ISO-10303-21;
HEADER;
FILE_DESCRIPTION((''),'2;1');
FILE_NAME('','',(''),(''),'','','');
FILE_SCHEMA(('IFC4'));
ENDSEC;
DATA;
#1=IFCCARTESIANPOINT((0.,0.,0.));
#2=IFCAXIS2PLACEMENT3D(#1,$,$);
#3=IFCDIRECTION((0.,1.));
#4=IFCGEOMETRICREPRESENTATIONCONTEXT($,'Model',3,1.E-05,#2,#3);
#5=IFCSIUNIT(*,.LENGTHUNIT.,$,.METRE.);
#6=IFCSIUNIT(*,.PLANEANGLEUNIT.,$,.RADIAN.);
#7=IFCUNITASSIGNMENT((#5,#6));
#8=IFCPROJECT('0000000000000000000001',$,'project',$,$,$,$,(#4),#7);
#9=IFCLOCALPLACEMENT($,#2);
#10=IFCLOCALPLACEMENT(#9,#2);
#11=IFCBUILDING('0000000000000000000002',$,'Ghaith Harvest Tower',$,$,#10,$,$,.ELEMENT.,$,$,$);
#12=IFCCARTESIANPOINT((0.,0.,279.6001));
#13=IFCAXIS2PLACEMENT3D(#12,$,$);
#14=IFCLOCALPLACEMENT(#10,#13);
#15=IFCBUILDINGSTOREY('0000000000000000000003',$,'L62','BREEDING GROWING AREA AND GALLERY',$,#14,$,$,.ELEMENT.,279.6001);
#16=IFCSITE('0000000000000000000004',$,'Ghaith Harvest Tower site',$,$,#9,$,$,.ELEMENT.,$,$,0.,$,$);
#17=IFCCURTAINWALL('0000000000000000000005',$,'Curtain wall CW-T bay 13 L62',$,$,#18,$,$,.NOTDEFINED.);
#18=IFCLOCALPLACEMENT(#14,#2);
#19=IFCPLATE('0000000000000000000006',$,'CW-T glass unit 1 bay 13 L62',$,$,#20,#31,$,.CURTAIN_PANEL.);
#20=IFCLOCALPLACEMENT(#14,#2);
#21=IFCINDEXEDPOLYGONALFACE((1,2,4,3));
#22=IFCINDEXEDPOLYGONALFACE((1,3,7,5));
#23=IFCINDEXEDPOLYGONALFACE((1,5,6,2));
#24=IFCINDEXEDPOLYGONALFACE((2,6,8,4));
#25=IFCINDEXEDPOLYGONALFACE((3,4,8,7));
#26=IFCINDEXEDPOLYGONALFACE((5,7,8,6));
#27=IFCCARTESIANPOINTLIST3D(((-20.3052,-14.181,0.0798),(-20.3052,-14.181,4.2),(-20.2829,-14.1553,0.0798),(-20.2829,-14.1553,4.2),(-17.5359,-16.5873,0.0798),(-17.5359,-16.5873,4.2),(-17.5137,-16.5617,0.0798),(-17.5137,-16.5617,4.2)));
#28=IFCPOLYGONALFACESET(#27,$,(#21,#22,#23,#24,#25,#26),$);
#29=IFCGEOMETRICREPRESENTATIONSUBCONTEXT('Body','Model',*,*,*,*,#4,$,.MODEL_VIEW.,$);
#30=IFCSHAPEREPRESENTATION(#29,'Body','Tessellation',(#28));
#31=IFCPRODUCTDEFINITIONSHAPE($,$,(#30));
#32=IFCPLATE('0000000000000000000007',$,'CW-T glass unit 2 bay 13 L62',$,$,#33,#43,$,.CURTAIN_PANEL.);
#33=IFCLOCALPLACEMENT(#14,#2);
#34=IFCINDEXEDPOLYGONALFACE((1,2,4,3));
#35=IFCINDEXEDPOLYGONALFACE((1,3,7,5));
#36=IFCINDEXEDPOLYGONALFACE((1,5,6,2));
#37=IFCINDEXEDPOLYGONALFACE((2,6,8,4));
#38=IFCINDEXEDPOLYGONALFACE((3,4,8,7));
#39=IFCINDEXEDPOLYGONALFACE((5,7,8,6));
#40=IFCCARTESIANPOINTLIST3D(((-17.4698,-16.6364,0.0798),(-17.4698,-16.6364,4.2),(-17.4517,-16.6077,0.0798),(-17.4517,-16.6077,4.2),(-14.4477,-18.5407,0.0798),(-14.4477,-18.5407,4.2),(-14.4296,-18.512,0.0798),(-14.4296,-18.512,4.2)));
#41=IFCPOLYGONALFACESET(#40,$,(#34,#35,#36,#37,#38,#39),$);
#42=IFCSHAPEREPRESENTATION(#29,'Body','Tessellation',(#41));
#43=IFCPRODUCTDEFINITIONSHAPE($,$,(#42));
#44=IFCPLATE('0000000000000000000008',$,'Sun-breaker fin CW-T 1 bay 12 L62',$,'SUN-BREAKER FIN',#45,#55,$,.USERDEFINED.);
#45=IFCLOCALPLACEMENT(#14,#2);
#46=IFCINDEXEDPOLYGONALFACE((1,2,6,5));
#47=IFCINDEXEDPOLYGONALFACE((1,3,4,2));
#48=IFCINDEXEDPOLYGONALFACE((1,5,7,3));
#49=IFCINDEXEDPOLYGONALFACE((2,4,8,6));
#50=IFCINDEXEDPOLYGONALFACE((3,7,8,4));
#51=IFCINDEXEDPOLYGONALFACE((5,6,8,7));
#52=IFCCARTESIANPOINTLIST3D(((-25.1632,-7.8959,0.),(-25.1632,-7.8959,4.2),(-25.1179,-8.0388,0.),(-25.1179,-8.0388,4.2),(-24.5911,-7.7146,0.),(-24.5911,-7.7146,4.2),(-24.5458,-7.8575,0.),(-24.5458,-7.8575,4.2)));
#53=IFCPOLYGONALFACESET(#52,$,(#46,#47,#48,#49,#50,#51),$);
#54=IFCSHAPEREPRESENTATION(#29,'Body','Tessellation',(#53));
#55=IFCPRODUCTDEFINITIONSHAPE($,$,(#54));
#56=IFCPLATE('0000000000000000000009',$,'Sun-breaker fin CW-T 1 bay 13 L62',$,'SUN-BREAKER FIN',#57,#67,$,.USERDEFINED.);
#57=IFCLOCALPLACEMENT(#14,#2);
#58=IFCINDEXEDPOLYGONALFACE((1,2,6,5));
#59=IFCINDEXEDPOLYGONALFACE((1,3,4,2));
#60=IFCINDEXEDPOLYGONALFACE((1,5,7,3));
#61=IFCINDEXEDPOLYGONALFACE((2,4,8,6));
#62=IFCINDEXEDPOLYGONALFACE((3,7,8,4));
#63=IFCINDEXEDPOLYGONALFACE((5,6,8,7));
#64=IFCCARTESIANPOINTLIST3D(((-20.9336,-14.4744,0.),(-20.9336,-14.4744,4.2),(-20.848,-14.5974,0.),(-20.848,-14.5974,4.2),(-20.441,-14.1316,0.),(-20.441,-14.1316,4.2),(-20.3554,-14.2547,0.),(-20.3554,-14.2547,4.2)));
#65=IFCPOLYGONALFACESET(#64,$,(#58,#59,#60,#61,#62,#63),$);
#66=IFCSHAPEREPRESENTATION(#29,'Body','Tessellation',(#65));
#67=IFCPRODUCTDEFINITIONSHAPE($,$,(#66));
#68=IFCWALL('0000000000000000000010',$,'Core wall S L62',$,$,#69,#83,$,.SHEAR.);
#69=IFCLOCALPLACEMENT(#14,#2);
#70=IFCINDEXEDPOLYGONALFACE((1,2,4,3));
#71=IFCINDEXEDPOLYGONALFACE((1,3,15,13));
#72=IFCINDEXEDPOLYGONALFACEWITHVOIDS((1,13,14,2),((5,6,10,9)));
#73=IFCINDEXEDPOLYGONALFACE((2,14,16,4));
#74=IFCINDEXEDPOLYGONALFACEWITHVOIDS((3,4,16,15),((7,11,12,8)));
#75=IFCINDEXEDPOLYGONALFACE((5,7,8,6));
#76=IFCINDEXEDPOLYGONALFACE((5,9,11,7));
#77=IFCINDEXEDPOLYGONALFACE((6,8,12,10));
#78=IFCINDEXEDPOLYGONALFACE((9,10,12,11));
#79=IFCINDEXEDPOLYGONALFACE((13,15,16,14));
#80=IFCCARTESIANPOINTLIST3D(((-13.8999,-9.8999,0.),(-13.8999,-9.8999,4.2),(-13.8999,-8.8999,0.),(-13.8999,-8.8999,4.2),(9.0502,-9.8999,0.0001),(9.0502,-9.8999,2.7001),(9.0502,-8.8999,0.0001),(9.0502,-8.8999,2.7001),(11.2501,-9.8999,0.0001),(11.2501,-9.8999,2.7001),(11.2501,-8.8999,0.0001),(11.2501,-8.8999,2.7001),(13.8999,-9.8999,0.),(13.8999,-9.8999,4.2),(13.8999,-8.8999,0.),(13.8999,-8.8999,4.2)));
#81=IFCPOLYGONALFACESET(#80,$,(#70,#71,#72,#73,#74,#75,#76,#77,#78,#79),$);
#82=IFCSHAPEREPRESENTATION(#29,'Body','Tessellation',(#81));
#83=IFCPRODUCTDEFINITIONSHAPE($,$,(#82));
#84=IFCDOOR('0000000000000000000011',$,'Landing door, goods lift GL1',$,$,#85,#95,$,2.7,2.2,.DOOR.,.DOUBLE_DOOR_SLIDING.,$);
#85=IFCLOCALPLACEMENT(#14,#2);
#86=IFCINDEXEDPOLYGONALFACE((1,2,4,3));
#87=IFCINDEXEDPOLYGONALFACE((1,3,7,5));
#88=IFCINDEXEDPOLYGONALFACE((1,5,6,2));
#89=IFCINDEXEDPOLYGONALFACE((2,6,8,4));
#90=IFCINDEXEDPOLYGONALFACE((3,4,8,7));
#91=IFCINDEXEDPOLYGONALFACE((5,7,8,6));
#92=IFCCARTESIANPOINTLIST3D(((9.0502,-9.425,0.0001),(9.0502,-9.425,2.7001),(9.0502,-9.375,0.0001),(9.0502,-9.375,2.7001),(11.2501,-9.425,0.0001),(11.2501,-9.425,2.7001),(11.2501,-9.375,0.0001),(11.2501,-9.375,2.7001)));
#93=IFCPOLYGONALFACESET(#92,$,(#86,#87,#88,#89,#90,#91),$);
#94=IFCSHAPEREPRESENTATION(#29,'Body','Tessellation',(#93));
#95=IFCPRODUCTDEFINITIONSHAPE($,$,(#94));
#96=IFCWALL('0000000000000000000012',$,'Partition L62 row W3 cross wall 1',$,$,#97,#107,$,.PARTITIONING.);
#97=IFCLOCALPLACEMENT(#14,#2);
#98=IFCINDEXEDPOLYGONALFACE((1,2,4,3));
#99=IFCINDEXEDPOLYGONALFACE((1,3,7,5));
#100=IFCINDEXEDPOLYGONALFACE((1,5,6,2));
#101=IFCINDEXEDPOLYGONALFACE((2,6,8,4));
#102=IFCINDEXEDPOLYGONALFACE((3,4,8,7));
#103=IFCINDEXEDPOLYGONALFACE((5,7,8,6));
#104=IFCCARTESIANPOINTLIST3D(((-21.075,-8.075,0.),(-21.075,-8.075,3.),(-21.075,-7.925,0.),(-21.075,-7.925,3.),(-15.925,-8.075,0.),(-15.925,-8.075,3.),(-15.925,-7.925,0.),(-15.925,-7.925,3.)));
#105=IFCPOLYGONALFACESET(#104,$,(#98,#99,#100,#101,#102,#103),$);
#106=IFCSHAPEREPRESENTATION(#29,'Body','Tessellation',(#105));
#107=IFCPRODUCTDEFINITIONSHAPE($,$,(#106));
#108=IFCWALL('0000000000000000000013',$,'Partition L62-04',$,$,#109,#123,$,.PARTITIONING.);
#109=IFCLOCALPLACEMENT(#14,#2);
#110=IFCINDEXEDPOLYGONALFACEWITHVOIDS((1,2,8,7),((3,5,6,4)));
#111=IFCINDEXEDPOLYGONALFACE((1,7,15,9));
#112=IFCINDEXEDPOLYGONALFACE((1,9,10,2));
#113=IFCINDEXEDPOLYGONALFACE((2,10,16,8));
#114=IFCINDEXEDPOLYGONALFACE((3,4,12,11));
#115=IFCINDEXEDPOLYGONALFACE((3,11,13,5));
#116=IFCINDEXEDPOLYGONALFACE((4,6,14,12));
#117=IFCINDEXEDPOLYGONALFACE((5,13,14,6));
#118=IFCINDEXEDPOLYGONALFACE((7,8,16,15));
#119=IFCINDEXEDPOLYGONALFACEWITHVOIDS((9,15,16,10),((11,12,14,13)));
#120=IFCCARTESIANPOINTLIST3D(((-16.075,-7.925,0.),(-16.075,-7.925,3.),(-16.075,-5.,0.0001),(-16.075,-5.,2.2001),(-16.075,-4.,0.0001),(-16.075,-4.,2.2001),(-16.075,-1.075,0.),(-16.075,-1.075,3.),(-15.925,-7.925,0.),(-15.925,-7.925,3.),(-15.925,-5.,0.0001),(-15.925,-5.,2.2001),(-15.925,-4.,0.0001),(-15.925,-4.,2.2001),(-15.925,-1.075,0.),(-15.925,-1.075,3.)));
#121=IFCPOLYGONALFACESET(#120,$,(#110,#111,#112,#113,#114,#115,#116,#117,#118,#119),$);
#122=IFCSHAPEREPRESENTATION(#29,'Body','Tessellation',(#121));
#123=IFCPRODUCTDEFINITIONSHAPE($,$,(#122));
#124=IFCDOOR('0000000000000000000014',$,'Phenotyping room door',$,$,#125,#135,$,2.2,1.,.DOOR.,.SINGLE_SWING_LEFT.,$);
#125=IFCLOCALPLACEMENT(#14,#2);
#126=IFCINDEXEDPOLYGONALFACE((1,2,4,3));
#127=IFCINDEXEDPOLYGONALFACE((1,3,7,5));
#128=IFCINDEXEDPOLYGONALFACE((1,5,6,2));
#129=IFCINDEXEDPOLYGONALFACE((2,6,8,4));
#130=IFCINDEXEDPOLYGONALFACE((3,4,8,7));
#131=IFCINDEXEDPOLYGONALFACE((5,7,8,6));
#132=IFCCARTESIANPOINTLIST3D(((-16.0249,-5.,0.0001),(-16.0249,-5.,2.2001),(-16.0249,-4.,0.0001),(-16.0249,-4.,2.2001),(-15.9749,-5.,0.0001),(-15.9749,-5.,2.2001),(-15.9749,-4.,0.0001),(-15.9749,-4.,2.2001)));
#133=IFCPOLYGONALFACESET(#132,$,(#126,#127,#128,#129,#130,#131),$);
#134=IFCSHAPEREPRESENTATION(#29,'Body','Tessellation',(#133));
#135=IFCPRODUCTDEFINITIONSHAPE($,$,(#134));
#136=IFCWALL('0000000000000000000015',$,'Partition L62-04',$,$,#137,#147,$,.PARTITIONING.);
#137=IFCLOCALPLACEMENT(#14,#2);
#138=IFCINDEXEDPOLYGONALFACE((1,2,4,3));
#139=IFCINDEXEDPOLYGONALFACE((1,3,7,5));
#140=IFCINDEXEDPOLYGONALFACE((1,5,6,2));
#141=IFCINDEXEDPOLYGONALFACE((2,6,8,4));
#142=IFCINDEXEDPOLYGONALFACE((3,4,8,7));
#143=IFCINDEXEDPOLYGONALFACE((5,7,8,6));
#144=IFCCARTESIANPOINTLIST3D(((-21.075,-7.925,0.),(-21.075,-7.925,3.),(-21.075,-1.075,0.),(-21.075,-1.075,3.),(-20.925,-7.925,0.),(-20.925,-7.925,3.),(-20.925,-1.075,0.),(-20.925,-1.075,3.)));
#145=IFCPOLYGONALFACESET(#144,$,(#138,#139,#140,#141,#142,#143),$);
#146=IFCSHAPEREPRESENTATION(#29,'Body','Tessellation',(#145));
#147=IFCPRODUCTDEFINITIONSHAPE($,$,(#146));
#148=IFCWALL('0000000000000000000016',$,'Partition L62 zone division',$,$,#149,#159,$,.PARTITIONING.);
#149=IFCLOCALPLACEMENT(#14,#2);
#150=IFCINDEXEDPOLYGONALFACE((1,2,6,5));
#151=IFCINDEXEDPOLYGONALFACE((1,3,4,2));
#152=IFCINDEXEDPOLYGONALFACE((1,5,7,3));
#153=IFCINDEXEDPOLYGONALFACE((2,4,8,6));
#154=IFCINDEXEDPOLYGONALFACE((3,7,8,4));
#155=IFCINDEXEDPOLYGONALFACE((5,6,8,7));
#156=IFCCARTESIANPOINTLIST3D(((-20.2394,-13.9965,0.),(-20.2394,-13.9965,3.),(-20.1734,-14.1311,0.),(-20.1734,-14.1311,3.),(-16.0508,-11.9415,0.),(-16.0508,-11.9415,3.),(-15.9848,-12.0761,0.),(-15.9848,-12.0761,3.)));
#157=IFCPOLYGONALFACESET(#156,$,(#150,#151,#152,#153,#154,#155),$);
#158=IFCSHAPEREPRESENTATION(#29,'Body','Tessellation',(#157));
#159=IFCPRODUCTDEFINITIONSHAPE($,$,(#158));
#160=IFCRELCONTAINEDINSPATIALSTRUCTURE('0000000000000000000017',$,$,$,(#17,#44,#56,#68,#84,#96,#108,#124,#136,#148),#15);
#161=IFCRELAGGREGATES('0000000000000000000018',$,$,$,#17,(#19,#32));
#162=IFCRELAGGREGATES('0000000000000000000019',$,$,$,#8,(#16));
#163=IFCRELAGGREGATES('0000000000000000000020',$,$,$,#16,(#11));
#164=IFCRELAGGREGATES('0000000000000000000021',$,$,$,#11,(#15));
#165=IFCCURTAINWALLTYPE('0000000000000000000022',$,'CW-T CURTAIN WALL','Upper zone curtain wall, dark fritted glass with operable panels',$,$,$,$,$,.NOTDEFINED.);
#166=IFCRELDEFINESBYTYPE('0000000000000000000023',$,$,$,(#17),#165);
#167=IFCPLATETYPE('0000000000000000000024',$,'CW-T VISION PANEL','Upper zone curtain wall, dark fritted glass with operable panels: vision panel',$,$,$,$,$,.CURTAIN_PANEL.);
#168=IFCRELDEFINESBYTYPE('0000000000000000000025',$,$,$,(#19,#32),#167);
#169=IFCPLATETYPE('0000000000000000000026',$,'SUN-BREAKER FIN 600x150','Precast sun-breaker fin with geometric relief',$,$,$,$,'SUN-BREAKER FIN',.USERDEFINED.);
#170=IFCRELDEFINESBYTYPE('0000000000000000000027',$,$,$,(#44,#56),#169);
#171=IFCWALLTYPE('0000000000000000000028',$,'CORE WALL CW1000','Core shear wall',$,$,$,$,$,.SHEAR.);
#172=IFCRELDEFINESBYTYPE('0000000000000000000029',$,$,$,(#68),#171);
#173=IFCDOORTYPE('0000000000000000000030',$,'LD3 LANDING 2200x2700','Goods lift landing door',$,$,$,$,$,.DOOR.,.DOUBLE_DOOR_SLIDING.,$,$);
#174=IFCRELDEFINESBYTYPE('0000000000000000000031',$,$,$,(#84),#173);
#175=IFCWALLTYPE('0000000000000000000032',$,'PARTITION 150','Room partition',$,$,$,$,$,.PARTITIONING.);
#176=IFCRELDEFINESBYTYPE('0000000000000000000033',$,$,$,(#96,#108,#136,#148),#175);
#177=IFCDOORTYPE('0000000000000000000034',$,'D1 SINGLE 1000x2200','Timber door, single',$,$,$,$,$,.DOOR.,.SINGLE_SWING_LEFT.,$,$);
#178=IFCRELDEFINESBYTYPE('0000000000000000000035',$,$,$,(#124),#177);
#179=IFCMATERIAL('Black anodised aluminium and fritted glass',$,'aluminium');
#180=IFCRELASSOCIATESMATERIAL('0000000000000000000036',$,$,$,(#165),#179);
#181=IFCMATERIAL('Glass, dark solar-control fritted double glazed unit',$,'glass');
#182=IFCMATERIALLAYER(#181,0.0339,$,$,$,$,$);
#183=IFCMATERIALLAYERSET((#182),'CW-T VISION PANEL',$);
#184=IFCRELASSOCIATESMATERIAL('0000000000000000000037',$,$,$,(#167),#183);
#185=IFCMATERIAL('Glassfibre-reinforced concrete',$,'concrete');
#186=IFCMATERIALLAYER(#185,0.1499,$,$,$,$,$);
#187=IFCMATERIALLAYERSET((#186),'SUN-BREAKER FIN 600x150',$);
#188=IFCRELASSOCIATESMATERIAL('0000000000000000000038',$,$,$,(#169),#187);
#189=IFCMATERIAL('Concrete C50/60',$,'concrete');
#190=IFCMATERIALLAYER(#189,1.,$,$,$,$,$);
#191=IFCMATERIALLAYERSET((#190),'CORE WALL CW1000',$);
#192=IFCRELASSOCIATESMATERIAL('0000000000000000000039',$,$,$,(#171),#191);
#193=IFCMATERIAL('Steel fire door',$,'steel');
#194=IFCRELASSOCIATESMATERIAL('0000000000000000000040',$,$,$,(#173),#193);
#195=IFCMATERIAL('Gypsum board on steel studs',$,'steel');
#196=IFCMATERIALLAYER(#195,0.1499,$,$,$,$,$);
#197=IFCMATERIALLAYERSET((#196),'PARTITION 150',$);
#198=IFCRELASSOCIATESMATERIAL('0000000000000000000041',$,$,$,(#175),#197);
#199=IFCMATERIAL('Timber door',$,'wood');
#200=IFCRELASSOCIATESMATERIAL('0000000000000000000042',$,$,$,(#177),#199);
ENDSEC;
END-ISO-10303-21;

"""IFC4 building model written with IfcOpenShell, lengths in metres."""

from ifc_helpers import new_model, si_unit, direction, frame, frame_2d, origin, origin_2d, place, context, subcontext, project, spatial, rectangle, extrude, material, layer, layer_set, type_object, element, fill, aggregate, save


model = new_model("IFC4")

# Units and contexts
model_context = context("Model", 3, precision=1e-05, world=origin(), true_north=direction((0.0, 1.0)))
body_context = subcontext(model_context, "Body", "Model", "MODEL_VIEW")
ifc_project = project(units=[si_unit("LENGTHUNIT", "METRE"), si_unit("PLANEANGLEUNIT", "RADIAN")], contexts=[model_context])

# Site, building, storey
site_placement = place(None, origin())
site = spatial("IfcSite", under=ifc_project, at=site_placement, Name="Ghaith Harvest Tower site", CompositionType="ELEMENT", RefElevation=0.0)
building_placement = place(site_placement, origin())
building = spatial("IfcBuilding", under=site, at=building_placement, Name="Ghaith Harvest Tower", CompositionType="ELEMENT")
storey_placement = place(building_placement, frame((0.0, 0.0, 279.6001)))
storey = spatial("IfcBuildingStorey", under=building, at=storey_placement, Name="L62", Description="BREEDING GROWING AREA AND GALLERY", CompositionType="ELEMENT", Elevation=279.6001)

# Shared definitions
ifc_material_1 = material(Name="Black anodised aluminium and fritted glass", Category="aluminium")
curtain_wall_type = type_object("IfcCurtainWallType", Name="CW-T CURTAIN WALL", Description="Upper zone curtain wall, dark fritted glass with operable panels", PredefinedType="NOTDEFINED", material=ifc_material_1)

# Curtain wall
curtain_wall_1_placement = place(storey_placement, origin())
curtain_wall_1 = element("IfcCurtainWall", 1, at=curtain_wall_1_placement, inside=storey, type_object=curtain_wall_type, Name="Curtain wall CW-T bay 13 L62", PredefinedType="NOTDEFINED")

# Plates
ifc_material_2 = material(Name="Glass, dark solar-control fritted double glazed unit", Category="glass")
ifc_layer_1 = layer(ifc_material_2, 0.0339)
ifc_layer_set_1 = layer_set([ifc_layer_1], Name="CW-T VISION PANEL")
plate_type_1 = type_object("IfcPlateType", Name="CW-T VISION PANEL", Description="Upper zone curtain wall, dark fritted glass with operable panels: vision panel", PredefinedType="CURTAIN_PANEL", material=ifc_layer_set_1)
plate_1_placement = place(storey_placement, frame((-18.9094, -15.3713, 0.0798), z_axis=(0.0, 0.0, 1.0), x_axis=(0.754829, -0.655922, 0.0)))
plate_1 = element("IfcPlate", 2, at=plate_1_placement, type_object=plate_type_1, Name="CW-T glass unit 1 bay 13 L62", PredefinedType="CURTAIN_PANEL", context=body_context, shape_type="SweptSolid", body=[
    extrude(rectangle(XDim=3.6687, YDim=0.0339, at=origin_2d()), origin(), (0.0, 0.0, 1.0), 4.1201),
])
plate_2_placement = place(storey_placement, frame((-15.9497, -17.5742, 0.0798), z_axis=(0.0, 0.0, 1.0), x_axis=(0.846043, -0.533114, 0.0)))
plate_2 = element("IfcPlate", 3, at=plate_2_placement, type_object=plate_type_1, Name="CW-T glass unit 2 bay 13 L62", PredefinedType="CURTAIN_PANEL", context=body_context, shape_type="SweptSolid", body=[
    extrude(rectangle(XDim=3.572, YDim=0.0339, at=origin_2d()), origin(), (0.0, 0.0, 1.0), 4.1201),
])
aggregate(curtain_wall_1, [plate_1, plate_2])

# Plates
ifc_material_3 = material(Name="Glassfibre-reinforced concrete", Category="concrete")
ifc_layer_2 = layer(ifc_material_3, 0.1499)
ifc_layer_set_2 = layer_set([ifc_layer_2], Name="SUN-BREAKER FIN 600x150")
plate_type_2 = type_object("IfcPlateType", Name="SUN-BREAKER FIN 600x150", Description="Precast sun-breaker fin with geometric relief", ElementType="SUN-BREAKER FIN", PredefinedType="USERDEFINED", material=ifc_layer_set_2)
for number, where, z_axis, x_axis, name in (
    (4, (-24.8545, -7.8767, 0.0), (0.0, 0.0, 1.0), (-0.953273, -0.30211, 0.0), "Sun-breaker fin CW-T 1 bay 12 L62"),
    (5, (-20.6445, -14.3645, 0.0), (0.0, 0.0, 1.0), (-0.820845, -0.57115, 0.0), "Sun-breaker fin CW-T 1 bay 13 L62"),
):
    element("IfcPlate", number, at=place(storey_placement, frame(where, z_axis=z_axis, x_axis=x_axis)), inside=storey, type_object=plate_type_2, Name=name, ObjectType="SUN-BREAKER FIN", PredefinedType="USERDEFINED", context=body_context, shape_type="SweptSolid", body=[
        extrude(rectangle(XDim=0.6001, YDim=0.1499, at=origin_2d()), origin(), (0.0, 0.0, 1.0), 4.2),
    ])

# Wall, opening, door
ifc_material_4 = material(Name="Concrete C50/60", Category="concrete")
ifc_layer_3 = layer(ifc_material_4, 1.0)
ifc_layer_set_3 = layer_set([ifc_layer_3], Name="CORE WALL CW1000")
wall_type_1 = type_object("IfcWallType", Name="CORE WALL CW1000", Description="Core shear wall", PredefinedType="SHEAR", material=ifc_layer_set_3)
wall_1_placement = place(storey_placement, frame((-13.8999, -9.3999, 0.0), z_axis=(0.0, 0.0, 1.0), x_axis=(1.0, 0.0, 0.0)))
wall_1 = element("IfcWall", 6, at=wall_1_placement, inside=storey, type_object=wall_type_1, Name="Core wall S L62", PredefinedType="SHEAR", context=body_context, shape_type="SweptSolid", body=[
    extrude(rectangle(XDim=27.7998, YDim=1.0, at=frame_2d((13.8999, 0.0))), origin(), (0.0, 0.0, 1.0), 4.2),
])
opening_1_placement = place(wall_1_placement, frame((22.95, 0.0, 0.0)))
opening_1 = element("IfcOpeningElement", 7, at=opening_1_placement, cuts=wall_1, PredefinedType="OPENING", context=body_context, shape_type="SweptSolid", body=[
    extrude(rectangle(XDim=2.2, YDim=2.7, at=frame_2d((1.1001, 1.3501))), frame((0.0, 0.51, 0.0), z_axis=(0.0, -1.0, 0.0), x_axis=(1.0, 0.0, 0.0)), (0.0, 0.0, 1.0), 1.02),
])
ifc_material_5 = material(Name="Steel fire door", Category="steel")
door_type_1 = type_object("IfcDoorType", Name="LD3 LANDING 2200x2700", Description="Goods lift landing door", OperationType="DOUBLE_DOOR_SLIDING", PredefinedType="DOOR", material=ifc_material_5)
door_1_placement = place(opening_1_placement, origin())
door_1 = element("IfcDoor", 8, at=door_1_placement, inside=storey, type_object=door_type_1, Name="Landing door, goods lift GL1", OperationType="DOUBLE_DOOR_SLIDING", OverallHeight=2.7, OverallWidth=2.2, PredefinedType="DOOR", context=body_context, shape_type="SweptSolid", body=[
    extrude(rectangle(XDim=2.2, YDim=2.7, at=frame_2d((1.1001, 1.3501))), frame((0.0, 0.0249, 0.0), z_axis=(0.0, -1.0, 0.0), x_axis=(1.0, 0.0, 0.0)), (0.0, 0.0, 1.0), 0.05),
])
fill(opening_1, door_1)

# Wall
ifc_material_6 = material(Name="Gypsum board on steel studs", Category="steel")
ifc_layer_4 = layer(ifc_material_6, 0.1499)
ifc_layer_set_4 = layer_set([ifc_layer_4], Name="PARTITION 150")
wall_type_2 = type_object("IfcWallType", Name="PARTITION 150", Description="Room partition", PredefinedType="PARTITIONING", material=ifc_layer_set_4)
wall_2_placement = place(storey_placement, frame((-15.925, -8.0, 0.0), z_axis=(0.0, 0.0, 1.0), x_axis=(-1.0, 0.0, 0.0)))
element("IfcWall", 9, at=wall_2_placement, inside=storey, type_object=wall_type_2, Name="Partition L62 row W3 cross wall 1", PredefinedType="PARTITIONING", context=body_context, shape_type="SweptSolid", body=[
    extrude(rectangle(XDim=5.1499, YDim=0.1499, at=frame_2d((2.575, 0.0))), origin(), (0.0, 0.0, 1.0), 3.0),
])

# Wall, opening, door
wall_3_placement = place(storey_placement, frame((-16.0, -7.925, 0.0), z_axis=(0.0, 0.0, 1.0), x_axis=(0.0, 1.0, 0.0)))
wall_3 = element("IfcWall", 10, at=wall_3_placement, inside=storey, type_object=wall_type_2, Name="Partition L62-04", PredefinedType="PARTITIONING", context=body_context, shape_type="SweptSolid", body=[
    extrude(rectangle(XDim=6.8501, YDim=0.1499, at=frame_2d((3.425, 0.0))), origin(), (0.0, 0.0, 1.0), 3.0),
])
opening_2_placement = place(wall_3_placement, frame((2.925, 0.0, 0.0)))
opening_2 = element("IfcOpeningElement", 11, at=opening_2_placement, cuts=wall_3, PredefinedType="OPENING", context=body_context, shape_type="SweptSolid", body=[
    extrude(rectangle(XDim=1.0, YDim=2.2, at=frame_2d((0.5, 1.1001))), frame((0.0, 0.085, 0.0), z_axis=(0.0, -1.0, 0.0), x_axis=(1.0, 0.0, 0.0)), (0.0, 0.0, 1.0), 0.1699),
])
ifc_material_7 = material(Name="Timber door", Category="wood")
door_type_2 = type_object("IfcDoorType", Name="D1 SINGLE 1000x2200", Description="Timber door, single", OperationType="SINGLE_SWING_LEFT", PredefinedType="DOOR", material=ifc_material_7)
door_2_placement = place(opening_2_placement, origin())
door_2 = element("IfcDoor", 12, at=door_2_placement, inside=storey, type_object=door_type_2, Name="Phenotyping room door", OperationType="SINGLE_SWING_LEFT", OverallHeight=2.2, OverallWidth=1.0, PredefinedType="DOOR", context=body_context, shape_type="SweptSolid", body=[
    extrude(rectangle(XDim=1.0, YDim=2.2, at=frame_2d((0.5, 1.1001))), frame((0.0, 0.0249, 0.0), z_axis=(0.0, -1.0, 0.0), x_axis=(1.0, 0.0, 0.0)), (0.0, 0.0, 1.0), 0.05),
])
fill(opening_2, door_2)

# Walls
wall_4_placement = place(storey_placement, frame((-21.0, -7.925, 0.0), z_axis=(0.0, 0.0, 1.0), x_axis=(0.0, 1.0, 0.0)))
element("IfcWall", 13, at=wall_4_placement, inside=storey, type_object=wall_type_2, Name="Partition L62-04", PredefinedType="PARTITIONING", context=body_context, shape_type="SweptSolid", body=[
    extrude(rectangle(XDim=6.8501, YDim=0.1499, at=frame_2d((3.425, 0.0))), origin(), (0.0, 0.0, 1.0), 3.0),
])
wall_5_placement = place(storey_placement, frame((-16.0178, -12.0088, 0.0), z_axis=(0.0, 0.0, 1.0), x_axis=(-0.897772, -0.440461, 0.0)))
element("IfcWall", 14, at=wall_5_placement, inside=storey, type_object=wall_type_2, Name="Partition L62 zone division", PredefinedType="PARTITIONING", context=body_context, shape_type="SweptSolid", body=[
    extrude(rectangle(XDim=4.6655, YDim=0.1499, at=frame_2d((2.3328, 0.0))), origin(), (0.0, 0.0, 1.0), 3.0),
])

save(model, "model.ifc")
